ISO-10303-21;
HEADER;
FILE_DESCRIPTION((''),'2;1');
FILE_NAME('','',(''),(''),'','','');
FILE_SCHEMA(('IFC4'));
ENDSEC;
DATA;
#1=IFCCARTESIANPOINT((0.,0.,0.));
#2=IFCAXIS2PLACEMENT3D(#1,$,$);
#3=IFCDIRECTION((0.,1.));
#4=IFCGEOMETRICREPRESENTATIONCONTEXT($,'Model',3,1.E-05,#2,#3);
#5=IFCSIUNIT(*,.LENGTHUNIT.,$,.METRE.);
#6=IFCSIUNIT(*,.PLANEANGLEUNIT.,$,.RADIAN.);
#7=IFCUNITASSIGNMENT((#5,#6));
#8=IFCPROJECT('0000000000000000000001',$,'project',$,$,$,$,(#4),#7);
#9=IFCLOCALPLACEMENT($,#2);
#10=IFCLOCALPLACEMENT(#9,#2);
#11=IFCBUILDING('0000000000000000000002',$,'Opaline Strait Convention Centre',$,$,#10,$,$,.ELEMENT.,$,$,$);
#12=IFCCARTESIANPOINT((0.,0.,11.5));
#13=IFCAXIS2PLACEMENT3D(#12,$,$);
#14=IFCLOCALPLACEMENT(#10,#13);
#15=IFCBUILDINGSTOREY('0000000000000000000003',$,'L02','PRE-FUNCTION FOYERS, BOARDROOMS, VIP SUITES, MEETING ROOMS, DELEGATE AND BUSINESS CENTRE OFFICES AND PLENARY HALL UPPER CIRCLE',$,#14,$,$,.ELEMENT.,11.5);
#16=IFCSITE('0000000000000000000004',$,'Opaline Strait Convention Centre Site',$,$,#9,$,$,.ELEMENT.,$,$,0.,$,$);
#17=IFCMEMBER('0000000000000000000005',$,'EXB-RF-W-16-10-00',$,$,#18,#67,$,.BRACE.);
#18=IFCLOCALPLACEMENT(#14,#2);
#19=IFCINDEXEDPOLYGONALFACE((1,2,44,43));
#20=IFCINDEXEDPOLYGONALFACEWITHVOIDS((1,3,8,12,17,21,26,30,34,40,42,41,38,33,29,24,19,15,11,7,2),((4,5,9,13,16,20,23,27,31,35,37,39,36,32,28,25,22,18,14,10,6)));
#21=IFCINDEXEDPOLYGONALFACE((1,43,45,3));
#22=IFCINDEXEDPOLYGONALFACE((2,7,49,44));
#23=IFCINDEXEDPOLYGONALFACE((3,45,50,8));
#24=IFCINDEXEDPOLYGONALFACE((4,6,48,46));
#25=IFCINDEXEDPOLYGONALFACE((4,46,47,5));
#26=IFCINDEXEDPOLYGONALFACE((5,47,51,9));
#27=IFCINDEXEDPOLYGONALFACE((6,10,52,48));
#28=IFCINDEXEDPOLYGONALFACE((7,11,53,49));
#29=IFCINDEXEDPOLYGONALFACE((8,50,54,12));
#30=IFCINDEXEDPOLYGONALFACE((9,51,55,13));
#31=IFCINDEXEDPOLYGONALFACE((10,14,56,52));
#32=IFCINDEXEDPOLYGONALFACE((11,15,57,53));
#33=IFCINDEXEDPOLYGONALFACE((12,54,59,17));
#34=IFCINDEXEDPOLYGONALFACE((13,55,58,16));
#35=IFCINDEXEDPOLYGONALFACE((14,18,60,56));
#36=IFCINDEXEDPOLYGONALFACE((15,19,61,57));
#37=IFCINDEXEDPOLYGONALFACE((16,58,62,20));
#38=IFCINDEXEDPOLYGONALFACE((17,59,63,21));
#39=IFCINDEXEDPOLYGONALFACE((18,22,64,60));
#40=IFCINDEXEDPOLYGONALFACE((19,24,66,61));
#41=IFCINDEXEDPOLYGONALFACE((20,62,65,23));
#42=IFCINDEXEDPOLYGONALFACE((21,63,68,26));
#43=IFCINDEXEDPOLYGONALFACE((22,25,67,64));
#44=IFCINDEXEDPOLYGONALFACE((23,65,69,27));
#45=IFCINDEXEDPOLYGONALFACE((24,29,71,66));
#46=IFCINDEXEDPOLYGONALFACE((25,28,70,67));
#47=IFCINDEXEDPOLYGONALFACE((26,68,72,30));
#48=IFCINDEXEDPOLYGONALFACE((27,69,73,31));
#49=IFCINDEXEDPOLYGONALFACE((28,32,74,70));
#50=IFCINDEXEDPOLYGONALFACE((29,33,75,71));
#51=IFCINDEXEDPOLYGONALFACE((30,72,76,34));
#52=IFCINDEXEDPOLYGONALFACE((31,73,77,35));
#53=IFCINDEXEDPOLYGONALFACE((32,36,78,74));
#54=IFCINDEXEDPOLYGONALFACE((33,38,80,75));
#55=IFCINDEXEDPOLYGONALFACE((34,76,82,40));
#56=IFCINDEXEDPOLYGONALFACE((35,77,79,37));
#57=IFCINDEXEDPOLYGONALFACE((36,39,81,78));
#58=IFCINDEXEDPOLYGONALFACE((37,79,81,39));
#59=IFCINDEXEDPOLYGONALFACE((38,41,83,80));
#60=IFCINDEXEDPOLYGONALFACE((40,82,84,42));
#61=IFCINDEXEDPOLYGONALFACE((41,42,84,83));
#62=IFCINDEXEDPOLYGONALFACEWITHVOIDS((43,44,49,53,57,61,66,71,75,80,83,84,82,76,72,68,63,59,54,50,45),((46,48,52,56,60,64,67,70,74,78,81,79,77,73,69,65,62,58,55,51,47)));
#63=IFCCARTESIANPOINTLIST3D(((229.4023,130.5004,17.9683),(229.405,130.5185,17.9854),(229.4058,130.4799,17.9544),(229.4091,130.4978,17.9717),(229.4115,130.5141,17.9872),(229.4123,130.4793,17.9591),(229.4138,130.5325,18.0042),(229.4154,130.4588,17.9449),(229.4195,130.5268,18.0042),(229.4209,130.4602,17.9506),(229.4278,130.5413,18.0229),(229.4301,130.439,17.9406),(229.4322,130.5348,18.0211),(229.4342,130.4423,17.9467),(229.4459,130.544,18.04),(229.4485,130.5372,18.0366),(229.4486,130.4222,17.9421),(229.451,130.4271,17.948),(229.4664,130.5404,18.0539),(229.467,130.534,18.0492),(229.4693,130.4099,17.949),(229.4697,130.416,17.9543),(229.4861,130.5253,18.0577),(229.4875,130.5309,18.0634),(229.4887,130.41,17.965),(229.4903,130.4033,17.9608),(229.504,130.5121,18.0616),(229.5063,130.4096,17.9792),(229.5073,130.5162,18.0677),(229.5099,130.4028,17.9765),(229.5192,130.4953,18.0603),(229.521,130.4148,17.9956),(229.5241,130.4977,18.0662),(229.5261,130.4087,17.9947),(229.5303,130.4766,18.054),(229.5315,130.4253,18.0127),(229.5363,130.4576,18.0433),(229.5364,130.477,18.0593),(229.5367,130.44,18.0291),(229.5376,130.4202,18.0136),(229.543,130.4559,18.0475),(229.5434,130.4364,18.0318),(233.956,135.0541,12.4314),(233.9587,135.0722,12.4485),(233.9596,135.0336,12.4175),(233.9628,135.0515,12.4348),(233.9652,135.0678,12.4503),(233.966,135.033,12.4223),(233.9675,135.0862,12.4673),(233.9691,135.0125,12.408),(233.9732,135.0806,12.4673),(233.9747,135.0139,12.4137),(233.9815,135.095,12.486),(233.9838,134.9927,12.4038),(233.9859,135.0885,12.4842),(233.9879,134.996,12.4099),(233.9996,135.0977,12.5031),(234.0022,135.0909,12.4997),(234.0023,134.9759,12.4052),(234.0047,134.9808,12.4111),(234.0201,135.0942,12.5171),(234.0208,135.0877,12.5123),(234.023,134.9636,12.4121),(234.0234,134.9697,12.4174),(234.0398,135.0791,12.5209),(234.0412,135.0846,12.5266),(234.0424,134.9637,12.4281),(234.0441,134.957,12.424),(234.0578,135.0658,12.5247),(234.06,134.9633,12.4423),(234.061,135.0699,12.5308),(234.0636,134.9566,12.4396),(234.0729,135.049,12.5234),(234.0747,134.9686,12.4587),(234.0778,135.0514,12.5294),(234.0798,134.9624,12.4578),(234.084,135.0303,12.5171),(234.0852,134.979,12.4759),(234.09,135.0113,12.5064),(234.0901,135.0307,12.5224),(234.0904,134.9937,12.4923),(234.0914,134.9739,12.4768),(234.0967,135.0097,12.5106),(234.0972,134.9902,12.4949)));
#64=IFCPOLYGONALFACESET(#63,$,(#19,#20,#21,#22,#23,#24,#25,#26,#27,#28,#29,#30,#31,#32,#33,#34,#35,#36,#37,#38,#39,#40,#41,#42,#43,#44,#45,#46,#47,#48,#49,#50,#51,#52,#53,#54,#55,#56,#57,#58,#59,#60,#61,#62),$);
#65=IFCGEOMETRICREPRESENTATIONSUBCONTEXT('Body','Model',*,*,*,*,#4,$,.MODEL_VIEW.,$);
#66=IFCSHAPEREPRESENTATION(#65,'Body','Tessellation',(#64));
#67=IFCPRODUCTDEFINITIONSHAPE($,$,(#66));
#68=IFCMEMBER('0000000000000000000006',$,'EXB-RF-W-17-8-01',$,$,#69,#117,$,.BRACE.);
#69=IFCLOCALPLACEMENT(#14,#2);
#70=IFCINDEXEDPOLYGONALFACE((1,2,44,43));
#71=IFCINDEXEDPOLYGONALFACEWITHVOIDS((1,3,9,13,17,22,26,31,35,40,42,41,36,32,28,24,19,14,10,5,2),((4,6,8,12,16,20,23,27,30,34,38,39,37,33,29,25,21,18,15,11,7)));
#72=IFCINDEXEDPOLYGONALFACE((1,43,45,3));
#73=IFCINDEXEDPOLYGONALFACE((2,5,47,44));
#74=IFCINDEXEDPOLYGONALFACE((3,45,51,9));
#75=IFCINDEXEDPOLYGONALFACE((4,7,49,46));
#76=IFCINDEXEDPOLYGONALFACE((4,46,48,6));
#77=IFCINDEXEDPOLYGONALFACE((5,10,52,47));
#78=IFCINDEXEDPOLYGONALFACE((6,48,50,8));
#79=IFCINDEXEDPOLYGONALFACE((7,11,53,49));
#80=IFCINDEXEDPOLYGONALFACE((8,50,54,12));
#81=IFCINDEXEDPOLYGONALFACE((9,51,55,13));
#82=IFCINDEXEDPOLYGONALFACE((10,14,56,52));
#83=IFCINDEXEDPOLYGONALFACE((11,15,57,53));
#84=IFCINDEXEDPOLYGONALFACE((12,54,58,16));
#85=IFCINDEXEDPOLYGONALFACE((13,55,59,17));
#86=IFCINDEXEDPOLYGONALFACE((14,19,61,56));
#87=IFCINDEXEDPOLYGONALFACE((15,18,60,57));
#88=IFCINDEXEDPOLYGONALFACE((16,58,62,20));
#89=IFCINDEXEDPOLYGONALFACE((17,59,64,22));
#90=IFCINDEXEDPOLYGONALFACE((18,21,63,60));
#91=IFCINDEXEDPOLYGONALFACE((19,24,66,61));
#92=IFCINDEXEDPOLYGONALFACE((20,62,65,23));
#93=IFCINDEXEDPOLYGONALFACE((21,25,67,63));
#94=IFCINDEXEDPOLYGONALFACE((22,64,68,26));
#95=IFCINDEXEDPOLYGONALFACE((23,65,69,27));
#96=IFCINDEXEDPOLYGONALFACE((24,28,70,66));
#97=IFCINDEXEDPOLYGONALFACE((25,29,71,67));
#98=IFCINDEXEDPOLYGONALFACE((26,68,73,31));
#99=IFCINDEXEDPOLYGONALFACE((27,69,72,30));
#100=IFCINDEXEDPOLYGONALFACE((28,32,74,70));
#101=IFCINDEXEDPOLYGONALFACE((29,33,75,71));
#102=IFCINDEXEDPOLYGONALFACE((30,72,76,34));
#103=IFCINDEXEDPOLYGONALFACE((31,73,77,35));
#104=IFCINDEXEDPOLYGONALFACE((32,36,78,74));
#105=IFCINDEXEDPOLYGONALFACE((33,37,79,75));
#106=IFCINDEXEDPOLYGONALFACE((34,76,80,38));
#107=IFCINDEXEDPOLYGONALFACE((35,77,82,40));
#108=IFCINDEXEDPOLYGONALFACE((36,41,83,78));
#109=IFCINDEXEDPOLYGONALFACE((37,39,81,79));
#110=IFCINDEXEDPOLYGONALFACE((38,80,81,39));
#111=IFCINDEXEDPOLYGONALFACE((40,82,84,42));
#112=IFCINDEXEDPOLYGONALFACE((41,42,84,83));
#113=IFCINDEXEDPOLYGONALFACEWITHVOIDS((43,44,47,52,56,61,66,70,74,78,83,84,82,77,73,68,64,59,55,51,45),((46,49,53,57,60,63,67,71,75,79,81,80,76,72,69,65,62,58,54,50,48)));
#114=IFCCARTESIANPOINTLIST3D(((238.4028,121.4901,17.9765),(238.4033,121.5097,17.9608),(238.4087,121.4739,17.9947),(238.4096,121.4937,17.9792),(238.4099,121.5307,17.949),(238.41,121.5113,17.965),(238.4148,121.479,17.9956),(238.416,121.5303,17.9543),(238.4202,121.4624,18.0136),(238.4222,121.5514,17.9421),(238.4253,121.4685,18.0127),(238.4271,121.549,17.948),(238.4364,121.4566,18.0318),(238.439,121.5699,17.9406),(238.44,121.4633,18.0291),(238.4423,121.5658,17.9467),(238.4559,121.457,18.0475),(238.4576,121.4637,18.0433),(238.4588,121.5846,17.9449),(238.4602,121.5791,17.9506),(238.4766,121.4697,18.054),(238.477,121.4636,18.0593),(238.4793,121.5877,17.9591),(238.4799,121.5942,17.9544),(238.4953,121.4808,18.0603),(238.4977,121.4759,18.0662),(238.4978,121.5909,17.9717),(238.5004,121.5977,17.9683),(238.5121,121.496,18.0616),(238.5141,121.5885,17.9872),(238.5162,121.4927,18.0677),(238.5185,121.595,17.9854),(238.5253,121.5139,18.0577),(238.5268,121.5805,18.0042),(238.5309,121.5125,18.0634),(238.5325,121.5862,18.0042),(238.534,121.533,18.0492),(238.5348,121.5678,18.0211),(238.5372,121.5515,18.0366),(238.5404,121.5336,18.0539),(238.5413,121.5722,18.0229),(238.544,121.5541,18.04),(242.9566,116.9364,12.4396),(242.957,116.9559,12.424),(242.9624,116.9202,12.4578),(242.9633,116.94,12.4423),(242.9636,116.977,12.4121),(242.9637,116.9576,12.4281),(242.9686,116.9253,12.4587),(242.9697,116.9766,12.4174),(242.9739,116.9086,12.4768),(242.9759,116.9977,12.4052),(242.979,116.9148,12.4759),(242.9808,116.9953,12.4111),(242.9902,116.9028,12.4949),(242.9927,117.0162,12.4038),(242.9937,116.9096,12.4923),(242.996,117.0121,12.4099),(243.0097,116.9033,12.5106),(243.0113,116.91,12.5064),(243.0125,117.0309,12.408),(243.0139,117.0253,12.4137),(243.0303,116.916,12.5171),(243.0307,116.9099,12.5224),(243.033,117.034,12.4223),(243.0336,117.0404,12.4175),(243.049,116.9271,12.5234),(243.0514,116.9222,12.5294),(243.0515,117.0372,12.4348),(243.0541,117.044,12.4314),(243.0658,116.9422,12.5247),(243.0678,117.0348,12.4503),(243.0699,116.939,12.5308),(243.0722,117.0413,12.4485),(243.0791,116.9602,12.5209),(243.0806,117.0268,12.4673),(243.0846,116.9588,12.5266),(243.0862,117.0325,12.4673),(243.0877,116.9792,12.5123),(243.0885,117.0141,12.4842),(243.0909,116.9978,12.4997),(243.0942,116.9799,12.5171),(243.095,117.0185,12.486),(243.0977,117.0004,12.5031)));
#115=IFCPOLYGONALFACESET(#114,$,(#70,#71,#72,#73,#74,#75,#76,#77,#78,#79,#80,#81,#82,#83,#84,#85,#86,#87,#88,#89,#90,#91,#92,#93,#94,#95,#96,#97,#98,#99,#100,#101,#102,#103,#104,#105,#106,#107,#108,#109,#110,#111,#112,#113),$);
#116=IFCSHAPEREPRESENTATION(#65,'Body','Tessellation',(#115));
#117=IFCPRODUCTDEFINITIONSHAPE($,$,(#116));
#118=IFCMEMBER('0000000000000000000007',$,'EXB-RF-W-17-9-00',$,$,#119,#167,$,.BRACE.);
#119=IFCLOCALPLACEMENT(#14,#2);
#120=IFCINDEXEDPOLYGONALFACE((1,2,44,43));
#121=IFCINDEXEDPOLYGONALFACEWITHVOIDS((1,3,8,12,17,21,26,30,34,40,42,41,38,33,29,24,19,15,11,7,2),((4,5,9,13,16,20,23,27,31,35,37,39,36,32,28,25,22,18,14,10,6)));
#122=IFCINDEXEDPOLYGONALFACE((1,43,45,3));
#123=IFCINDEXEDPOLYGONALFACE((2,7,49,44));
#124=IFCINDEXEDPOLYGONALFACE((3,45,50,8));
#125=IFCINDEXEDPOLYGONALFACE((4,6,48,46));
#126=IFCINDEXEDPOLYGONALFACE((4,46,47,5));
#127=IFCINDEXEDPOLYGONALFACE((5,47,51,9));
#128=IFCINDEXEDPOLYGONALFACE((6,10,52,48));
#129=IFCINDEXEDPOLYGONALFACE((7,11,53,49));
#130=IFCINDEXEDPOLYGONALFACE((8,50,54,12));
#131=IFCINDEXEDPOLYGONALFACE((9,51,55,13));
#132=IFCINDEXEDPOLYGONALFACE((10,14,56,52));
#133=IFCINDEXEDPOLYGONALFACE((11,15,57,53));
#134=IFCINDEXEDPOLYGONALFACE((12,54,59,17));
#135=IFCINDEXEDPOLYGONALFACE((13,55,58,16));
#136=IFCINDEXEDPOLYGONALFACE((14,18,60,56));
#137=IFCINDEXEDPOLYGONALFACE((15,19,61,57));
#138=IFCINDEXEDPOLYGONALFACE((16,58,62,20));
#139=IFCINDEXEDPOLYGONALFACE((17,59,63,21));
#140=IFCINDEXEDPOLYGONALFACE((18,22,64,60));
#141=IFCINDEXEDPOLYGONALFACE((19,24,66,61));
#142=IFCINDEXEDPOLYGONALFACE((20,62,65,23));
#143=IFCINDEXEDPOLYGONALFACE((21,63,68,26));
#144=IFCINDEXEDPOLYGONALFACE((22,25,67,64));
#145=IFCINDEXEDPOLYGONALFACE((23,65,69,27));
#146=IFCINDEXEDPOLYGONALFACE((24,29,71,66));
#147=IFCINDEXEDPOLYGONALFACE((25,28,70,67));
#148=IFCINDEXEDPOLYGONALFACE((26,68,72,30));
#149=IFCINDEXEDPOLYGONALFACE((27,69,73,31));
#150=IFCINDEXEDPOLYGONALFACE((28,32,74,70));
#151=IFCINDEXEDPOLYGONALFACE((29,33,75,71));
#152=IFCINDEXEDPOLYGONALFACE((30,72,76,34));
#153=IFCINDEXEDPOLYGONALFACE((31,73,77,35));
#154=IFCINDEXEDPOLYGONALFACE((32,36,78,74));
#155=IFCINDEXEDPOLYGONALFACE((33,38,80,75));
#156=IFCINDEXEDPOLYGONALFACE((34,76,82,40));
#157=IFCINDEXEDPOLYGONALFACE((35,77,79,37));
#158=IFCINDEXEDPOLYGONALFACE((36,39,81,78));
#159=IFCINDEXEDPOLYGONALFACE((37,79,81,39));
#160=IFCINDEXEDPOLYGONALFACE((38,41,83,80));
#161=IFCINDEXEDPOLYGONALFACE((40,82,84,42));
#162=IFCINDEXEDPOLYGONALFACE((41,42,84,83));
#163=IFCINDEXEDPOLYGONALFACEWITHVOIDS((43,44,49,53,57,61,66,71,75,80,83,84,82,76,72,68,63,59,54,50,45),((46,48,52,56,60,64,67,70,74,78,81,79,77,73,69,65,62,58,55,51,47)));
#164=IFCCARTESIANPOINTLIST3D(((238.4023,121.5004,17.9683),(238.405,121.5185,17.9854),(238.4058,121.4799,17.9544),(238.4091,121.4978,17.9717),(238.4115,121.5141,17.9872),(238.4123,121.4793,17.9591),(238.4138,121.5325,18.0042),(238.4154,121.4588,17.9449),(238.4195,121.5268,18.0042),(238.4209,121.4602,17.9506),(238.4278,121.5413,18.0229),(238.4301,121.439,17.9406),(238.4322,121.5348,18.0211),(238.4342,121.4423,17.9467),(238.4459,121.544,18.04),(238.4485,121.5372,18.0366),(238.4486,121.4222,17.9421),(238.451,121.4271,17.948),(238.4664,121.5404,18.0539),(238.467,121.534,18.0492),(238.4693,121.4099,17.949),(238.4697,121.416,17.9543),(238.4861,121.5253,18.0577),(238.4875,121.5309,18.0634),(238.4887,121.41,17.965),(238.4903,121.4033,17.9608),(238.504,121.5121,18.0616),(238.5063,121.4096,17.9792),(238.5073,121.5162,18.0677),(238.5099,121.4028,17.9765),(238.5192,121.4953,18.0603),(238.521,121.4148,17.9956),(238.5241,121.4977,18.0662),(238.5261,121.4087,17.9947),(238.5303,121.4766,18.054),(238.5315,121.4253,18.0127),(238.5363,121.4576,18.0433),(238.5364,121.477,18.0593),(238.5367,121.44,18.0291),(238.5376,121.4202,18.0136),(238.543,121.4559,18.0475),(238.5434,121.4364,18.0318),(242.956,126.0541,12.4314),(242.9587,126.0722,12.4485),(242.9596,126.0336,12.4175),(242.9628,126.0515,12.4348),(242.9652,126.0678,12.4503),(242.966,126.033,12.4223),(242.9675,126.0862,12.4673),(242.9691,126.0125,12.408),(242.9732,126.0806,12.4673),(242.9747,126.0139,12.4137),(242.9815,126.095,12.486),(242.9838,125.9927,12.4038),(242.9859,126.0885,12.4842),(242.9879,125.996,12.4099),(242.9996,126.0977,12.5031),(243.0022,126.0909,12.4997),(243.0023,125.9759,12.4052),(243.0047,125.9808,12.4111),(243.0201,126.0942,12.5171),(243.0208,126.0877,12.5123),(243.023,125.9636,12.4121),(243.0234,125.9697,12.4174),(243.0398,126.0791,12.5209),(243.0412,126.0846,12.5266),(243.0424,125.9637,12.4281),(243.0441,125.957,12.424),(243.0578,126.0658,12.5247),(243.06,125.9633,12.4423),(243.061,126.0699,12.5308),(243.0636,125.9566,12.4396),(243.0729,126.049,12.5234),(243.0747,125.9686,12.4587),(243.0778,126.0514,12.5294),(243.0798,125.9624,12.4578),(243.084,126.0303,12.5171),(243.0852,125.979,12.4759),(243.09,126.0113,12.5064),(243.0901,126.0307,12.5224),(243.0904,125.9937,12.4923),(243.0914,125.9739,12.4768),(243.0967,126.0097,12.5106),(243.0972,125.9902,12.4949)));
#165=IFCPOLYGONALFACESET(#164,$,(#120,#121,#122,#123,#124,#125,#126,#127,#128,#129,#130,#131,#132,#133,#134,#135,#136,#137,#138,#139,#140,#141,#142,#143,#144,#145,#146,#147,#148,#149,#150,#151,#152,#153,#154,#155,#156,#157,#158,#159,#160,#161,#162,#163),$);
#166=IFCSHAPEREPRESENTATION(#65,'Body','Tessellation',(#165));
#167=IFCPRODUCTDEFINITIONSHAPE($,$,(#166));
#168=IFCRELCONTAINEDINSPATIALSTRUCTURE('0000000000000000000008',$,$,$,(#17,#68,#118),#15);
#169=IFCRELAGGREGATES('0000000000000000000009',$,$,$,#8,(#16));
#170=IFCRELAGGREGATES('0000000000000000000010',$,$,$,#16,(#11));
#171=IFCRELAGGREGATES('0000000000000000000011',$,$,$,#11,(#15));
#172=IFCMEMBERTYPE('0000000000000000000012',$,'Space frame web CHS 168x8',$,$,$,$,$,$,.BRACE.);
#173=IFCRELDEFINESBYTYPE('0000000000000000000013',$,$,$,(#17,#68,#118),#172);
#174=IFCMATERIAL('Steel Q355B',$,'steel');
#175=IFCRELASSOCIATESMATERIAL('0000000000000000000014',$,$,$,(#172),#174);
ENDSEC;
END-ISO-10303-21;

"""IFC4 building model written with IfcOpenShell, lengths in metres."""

from ifc_helpers import new_model, si_unit, direction, frame, origin, origin_2d, place, context, subcontext, project, spatial, hollow_circle, extrude, material, material_profile, profile_set, type_object, element, save


model = new_model("IFC4")

# Units and contexts
model_context = context("Model", 3, precision=1e-05, world=origin(), true_north=direction((0.0, 1.0)))
body_context = subcontext(model_context, "Body", "Model", "MODEL_VIEW")
ifc_project = project(units=[si_unit("LENGTHUNIT", "METRE"), si_unit("PLANEANGLEUNIT", "RADIAN")], contexts=[model_context])

# Site, building, storey
site_placement = place(None, origin())
site = spatial("IfcSite", under=ifc_project, at=site_placement, Name="Opaline Strait Convention Centre Site", CompositionType="ELEMENT", RefElevation=0.0)
building_placement = place(site_placement, origin())
building = spatial("IfcBuilding", under=site, at=building_placement, Name="Opaline Strait Convention Centre", CompositionType="ELEMENT")
storey_placement = place(building_placement, frame((0.0, 0.0, 11.5)))
storey = spatial("IfcBuildingStorey", under=building, at=storey_placement, Name="L02", Description="PRE-FUNCTION FOYERS, BOARDROOMS, VIP SUITES, MEETING ROOMS, DELEGATE AND BUSINESS CENTRE OFFICES AND PLENARY HALL UPPER CIRCLE", CompositionType="ELEMENT", Elevation=11.5)

# Members
ifc_material = material(Name="Steel Q355B", Category="steel")
ifc_material_profile_1 = material_profile(ifc_material, hollow_circle(Radius=0.084, WallThickness=0.0081, at=origin_2d()), Name="CHS 168x8")
ifc_profile_set_1 = profile_set([ifc_material_profile_1], Name="Steel Q355B")
member_type_1 = type_object("IfcMemberType", Name="Space frame web CHS 168x8", PredefinedType="BRACE", material=ifc_profile_set_1)
for number, where, z_axis, x_axis, name in (
    (1, (229.4731, 130.4731, 18.0042), (0.536178, 0.536178, -0.65194), (-0.707107, 0.707107, 0.0), "EXB-RF-W-16-10-00"),
    (2, (238.4731, 121.5269, 18.0042), (0.536178, -0.536178, -0.65194), (0.707107, 0.707107, 0.0), "EXB-RF-W-17-8-01"),
    (3, (238.4731, 121.4731, 18.0042), (0.536178, 0.536178, -0.65194), (-0.707107, 0.707107, 0.0), "EXB-RF-W-17-9-00"),
):
    element("IfcMember", number, at=place(storey_placement, frame(where, z_axis=z_axis, x_axis=x_axis)), inside=storey, type_object=member_type_1, Name=name, PredefinedType="BRACE", context=body_context, shape_type="SweptSolid", body=[
        extrude(hollow_circle(Radius=0.084, WallThickness=0.0081, at=origin_2d()), origin(), (0.0, 0.0, 1.0), 8.4929),
    ])

save(model, "model.ifc")
